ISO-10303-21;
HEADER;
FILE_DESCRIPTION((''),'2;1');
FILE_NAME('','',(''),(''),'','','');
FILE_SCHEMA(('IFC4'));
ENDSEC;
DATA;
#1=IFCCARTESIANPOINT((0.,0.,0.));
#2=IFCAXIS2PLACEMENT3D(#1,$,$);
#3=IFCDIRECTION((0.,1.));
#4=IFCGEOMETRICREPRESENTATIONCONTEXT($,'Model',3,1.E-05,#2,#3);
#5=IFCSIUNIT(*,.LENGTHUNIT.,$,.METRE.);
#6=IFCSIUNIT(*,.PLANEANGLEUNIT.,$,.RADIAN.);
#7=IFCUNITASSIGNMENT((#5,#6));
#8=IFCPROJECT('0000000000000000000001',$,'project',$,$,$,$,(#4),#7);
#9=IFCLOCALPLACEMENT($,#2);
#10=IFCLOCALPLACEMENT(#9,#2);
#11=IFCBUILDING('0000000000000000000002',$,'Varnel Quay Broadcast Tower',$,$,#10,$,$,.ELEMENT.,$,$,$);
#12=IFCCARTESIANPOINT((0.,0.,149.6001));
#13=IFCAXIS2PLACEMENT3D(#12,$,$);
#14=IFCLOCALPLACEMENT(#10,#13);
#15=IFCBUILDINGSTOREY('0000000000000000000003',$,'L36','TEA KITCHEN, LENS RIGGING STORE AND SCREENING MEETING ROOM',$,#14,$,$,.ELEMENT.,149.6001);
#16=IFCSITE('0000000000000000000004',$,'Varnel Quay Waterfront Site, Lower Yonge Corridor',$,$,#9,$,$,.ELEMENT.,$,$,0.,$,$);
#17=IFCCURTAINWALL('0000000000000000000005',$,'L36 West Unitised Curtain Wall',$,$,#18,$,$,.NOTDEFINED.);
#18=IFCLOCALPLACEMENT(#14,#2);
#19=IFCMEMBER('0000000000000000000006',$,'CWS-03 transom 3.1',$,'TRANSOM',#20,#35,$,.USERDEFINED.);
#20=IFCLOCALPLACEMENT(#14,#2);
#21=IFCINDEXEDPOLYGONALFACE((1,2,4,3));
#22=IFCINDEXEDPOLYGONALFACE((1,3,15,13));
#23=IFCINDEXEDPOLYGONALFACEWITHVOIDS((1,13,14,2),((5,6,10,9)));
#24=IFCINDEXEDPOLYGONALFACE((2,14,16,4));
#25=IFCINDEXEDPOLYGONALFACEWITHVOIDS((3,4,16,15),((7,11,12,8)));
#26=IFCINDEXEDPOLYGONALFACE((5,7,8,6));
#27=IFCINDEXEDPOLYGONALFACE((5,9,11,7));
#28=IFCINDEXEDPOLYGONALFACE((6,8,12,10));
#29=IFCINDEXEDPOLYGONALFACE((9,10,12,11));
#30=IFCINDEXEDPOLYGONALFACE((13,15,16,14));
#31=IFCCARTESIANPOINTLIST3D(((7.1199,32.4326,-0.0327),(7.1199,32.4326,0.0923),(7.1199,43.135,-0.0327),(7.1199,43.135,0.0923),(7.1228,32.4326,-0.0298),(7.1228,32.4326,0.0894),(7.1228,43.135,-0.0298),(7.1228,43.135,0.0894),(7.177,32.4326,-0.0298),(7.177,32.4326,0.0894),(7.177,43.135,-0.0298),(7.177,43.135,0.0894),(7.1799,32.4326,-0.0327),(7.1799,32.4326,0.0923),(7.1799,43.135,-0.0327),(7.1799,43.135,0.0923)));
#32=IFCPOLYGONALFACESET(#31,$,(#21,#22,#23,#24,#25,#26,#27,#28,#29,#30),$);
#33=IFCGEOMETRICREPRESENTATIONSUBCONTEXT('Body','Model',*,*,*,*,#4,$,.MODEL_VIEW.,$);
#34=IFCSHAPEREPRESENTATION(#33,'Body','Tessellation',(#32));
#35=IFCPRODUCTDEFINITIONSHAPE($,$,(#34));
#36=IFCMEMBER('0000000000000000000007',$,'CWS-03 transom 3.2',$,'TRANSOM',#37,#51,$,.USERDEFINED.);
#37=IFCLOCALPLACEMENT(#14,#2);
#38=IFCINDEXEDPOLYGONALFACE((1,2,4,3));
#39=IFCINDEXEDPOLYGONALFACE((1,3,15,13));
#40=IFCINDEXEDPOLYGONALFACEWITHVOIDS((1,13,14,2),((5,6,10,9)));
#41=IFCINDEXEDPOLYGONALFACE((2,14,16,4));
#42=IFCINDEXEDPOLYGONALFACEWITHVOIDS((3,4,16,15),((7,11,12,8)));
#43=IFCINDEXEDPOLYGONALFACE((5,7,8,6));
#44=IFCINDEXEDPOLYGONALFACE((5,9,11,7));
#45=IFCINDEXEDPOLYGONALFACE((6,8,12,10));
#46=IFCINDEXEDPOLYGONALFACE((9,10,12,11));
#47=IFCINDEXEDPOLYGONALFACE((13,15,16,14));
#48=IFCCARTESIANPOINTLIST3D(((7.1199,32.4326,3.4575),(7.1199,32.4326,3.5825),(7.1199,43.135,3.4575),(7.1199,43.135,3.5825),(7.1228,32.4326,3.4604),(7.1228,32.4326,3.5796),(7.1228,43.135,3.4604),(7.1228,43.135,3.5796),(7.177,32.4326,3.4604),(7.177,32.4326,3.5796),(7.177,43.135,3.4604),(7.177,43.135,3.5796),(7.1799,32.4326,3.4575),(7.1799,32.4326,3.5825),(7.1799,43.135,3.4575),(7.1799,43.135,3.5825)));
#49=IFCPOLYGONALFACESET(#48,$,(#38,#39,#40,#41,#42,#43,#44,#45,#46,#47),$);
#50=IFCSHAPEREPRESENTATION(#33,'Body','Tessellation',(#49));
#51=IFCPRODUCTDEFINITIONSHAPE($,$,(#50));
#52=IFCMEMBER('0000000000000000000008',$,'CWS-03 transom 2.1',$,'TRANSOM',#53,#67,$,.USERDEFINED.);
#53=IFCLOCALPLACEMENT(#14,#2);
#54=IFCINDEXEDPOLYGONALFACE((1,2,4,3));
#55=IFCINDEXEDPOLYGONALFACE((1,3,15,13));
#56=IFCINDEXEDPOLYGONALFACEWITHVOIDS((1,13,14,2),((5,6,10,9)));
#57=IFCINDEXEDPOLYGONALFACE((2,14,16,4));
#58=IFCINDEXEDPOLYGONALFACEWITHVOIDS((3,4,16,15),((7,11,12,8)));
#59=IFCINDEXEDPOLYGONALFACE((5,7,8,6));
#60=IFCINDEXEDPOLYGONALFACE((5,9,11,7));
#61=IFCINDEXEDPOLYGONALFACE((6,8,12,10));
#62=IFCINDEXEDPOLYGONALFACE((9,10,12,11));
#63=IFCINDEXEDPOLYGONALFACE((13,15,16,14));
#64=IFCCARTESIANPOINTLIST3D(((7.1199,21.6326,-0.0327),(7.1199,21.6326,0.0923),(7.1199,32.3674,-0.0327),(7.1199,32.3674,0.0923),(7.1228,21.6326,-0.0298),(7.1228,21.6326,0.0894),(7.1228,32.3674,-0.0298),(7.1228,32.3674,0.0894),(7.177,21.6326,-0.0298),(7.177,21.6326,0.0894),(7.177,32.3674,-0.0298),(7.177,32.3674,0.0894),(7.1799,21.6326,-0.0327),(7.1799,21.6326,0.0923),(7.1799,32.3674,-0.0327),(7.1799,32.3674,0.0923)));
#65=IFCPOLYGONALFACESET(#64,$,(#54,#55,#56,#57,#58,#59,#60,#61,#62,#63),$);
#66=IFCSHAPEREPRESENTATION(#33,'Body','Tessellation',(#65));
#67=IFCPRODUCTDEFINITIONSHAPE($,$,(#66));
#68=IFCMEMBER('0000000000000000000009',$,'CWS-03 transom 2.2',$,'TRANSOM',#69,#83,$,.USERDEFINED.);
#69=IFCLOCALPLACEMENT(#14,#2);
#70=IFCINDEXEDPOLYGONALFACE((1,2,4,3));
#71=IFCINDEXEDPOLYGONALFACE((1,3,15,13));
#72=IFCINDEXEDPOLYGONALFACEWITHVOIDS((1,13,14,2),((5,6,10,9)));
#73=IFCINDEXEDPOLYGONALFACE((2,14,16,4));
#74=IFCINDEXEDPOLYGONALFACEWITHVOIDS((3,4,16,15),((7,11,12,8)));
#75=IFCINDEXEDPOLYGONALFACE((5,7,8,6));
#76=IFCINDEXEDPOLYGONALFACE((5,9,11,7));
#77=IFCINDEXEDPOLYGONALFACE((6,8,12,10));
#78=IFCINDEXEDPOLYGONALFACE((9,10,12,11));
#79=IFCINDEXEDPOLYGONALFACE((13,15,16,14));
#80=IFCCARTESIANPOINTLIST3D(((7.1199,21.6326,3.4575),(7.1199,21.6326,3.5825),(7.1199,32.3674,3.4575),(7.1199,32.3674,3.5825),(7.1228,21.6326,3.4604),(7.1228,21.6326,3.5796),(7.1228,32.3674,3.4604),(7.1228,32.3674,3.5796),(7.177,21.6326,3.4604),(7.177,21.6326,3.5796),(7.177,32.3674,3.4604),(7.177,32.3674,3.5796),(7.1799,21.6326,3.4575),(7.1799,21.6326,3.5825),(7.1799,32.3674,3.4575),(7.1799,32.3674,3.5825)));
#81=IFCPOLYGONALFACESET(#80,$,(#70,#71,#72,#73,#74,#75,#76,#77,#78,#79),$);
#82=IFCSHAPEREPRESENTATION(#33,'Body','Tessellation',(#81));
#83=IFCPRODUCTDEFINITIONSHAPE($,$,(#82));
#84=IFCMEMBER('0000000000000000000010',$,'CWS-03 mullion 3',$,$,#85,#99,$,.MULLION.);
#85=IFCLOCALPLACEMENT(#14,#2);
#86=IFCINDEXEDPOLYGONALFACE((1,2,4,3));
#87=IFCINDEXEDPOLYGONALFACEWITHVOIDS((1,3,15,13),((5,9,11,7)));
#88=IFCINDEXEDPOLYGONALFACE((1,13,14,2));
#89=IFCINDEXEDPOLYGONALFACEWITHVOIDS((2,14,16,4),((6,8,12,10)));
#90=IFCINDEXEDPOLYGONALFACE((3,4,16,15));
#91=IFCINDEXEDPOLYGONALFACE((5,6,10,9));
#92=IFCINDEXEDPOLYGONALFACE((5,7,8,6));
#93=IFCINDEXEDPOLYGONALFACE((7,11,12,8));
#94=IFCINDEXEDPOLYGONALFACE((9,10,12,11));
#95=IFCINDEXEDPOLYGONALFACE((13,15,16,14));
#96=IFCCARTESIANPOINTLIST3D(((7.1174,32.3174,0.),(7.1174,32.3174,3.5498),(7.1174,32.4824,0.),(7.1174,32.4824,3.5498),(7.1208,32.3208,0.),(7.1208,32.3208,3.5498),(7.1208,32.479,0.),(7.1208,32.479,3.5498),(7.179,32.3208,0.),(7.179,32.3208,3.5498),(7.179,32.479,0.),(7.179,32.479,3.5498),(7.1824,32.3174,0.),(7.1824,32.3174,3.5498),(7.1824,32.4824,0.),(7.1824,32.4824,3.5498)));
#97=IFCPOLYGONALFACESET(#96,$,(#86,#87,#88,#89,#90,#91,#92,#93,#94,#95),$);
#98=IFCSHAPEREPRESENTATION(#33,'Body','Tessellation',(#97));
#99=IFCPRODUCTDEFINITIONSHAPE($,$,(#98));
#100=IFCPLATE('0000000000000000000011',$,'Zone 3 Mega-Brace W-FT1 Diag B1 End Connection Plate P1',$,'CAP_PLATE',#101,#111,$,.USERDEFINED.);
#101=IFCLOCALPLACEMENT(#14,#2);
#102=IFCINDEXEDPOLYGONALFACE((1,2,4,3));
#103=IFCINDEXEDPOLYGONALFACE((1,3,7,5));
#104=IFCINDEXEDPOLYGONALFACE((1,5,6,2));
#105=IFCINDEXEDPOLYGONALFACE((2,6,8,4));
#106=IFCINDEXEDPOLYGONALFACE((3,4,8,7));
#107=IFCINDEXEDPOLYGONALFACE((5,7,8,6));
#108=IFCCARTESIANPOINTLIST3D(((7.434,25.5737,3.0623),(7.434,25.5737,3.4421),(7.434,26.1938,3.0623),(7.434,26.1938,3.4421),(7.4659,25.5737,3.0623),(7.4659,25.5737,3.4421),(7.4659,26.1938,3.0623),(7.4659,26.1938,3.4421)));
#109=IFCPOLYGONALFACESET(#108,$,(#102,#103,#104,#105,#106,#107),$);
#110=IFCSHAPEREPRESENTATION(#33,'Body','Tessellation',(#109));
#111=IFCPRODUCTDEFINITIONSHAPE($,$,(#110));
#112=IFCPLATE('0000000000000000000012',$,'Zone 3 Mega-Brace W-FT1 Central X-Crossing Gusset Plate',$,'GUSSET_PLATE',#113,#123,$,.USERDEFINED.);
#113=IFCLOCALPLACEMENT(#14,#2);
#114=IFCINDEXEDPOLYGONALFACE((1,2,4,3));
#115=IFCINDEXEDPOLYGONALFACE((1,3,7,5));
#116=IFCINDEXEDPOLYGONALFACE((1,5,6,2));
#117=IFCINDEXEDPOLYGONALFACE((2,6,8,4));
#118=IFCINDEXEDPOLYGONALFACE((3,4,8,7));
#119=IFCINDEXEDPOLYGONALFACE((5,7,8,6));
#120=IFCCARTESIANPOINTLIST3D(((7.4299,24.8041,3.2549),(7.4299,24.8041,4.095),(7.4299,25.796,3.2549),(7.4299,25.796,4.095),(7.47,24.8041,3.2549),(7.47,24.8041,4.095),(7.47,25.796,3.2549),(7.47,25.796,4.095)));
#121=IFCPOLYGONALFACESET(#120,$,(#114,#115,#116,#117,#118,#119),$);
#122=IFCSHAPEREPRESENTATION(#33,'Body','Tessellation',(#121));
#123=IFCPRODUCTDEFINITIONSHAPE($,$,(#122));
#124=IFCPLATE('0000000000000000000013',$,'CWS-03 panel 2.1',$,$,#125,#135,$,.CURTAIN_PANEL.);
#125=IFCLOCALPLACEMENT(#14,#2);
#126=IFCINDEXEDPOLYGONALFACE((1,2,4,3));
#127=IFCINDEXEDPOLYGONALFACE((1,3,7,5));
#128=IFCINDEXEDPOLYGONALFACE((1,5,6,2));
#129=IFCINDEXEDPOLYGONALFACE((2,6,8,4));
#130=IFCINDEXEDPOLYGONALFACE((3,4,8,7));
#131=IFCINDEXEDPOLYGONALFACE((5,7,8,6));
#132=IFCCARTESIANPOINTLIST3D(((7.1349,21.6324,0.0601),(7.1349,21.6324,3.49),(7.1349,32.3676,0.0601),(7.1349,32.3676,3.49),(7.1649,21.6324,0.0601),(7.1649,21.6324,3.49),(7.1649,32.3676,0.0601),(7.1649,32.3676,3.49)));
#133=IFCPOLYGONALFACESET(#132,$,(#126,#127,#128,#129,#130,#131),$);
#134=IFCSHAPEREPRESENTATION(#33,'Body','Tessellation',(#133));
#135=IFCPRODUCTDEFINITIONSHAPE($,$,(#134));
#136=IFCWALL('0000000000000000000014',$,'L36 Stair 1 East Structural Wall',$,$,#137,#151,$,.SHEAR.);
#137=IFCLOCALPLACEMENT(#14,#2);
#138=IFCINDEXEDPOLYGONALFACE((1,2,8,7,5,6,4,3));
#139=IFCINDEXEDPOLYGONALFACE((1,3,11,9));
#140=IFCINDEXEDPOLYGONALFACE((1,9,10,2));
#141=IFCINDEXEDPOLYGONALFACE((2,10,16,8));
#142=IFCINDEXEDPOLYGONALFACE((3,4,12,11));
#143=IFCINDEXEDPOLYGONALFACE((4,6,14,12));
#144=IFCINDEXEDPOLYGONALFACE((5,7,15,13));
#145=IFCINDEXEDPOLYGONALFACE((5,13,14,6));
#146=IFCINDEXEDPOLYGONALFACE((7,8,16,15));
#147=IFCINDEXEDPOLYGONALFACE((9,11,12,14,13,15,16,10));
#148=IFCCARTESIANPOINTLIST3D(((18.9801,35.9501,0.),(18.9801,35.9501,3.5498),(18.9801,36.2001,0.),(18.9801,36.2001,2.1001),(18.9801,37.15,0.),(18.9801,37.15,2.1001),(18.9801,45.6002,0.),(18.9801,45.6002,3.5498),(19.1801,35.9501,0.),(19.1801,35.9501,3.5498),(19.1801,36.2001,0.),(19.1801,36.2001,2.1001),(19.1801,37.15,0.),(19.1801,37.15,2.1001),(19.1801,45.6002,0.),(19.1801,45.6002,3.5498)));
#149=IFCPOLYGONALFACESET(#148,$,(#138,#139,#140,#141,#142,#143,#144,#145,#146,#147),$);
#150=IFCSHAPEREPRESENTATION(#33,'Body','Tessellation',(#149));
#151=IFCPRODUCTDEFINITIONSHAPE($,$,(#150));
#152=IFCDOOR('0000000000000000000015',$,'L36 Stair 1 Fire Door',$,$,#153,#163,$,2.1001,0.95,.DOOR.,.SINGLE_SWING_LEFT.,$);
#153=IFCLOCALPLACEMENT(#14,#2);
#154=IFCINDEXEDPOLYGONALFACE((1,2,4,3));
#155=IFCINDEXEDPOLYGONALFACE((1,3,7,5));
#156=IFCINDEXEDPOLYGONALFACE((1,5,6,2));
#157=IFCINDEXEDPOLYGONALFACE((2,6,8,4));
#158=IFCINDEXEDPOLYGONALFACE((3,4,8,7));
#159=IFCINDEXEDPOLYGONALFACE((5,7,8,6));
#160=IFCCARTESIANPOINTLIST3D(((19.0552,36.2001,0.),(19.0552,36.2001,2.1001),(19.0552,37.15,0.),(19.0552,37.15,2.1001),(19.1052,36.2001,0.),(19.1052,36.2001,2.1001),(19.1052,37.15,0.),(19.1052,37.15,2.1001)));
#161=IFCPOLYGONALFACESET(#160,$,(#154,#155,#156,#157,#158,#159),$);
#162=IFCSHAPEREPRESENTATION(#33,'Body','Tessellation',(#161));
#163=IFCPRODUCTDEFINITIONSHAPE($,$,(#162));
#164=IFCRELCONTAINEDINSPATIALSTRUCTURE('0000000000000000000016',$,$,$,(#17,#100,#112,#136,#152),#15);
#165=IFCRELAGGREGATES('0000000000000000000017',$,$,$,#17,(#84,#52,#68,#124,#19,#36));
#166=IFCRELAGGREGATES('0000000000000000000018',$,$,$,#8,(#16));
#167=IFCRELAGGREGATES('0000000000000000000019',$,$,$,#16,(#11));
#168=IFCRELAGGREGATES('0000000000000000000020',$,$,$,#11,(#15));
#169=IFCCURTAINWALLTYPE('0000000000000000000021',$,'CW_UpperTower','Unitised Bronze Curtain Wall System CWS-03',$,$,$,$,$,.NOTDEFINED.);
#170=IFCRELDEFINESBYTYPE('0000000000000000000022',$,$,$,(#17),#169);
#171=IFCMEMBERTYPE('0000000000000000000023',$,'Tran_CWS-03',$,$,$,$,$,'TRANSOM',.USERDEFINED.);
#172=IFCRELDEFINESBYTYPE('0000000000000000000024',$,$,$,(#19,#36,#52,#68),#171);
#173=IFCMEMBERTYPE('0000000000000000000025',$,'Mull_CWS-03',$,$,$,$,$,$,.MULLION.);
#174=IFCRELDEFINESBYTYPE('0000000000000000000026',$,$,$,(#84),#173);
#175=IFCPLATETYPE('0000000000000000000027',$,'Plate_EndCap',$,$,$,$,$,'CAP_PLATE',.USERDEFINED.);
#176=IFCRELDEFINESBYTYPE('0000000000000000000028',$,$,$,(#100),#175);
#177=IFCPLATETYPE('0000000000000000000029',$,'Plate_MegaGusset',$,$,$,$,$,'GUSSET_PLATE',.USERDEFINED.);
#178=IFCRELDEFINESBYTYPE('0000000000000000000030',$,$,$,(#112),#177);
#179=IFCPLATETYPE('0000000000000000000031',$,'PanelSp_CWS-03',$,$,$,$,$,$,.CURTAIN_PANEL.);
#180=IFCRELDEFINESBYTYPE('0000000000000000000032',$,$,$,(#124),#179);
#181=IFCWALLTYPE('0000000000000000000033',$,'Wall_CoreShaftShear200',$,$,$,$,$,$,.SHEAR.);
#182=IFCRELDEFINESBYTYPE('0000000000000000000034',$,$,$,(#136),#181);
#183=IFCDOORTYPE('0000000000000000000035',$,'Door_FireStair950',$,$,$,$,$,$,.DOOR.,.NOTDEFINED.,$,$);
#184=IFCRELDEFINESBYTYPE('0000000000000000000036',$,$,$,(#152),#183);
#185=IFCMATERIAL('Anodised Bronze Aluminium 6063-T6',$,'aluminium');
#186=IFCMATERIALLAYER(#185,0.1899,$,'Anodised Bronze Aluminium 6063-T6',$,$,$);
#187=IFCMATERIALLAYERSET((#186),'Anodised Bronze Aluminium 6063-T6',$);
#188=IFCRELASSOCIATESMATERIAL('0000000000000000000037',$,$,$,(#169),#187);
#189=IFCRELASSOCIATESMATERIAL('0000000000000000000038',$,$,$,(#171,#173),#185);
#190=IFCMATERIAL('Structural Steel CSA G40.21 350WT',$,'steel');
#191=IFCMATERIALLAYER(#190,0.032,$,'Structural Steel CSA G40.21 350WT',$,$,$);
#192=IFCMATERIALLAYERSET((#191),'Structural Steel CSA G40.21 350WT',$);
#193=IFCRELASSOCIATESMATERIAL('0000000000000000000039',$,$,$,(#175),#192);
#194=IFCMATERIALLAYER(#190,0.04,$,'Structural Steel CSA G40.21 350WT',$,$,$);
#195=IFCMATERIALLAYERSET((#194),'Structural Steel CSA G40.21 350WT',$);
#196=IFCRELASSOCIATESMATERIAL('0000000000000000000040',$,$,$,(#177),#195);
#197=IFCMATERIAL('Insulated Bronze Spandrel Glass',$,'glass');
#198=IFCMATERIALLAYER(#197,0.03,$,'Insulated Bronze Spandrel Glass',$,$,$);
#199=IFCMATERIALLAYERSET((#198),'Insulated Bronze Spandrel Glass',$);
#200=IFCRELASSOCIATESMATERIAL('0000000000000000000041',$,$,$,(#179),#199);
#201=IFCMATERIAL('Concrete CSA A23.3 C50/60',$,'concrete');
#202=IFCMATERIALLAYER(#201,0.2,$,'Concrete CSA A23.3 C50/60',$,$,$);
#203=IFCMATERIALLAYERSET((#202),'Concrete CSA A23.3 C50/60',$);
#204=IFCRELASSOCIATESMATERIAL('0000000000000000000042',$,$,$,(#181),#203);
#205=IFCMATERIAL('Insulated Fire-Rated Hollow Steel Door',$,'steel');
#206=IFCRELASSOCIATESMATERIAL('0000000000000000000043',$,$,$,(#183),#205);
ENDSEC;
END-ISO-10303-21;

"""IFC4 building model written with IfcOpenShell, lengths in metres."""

from ifc_helpers import new_model, si_unit, direction, frame, frame_2d, origin, origin_2d, place, context, subcontext, project, spatial, rectangle, hollow_rectangle, extrude, source, transform, mapped, material, layer, layer_set, material_profile, profile_set, type_object, type_shapes, element, fill, aggregate, save


model = new_model("IFC4")

# Units and contexts
model_context = context("Model", 3, precision=1e-05, world=origin(), true_north=direction((0.0, 1.0)))
body_context = subcontext(model_context, "Body", "Model", "MODEL_VIEW")
ifc_project = project(units=[si_unit("LENGTHUNIT", "METRE"), si_unit("PLANEANGLEUNIT", "RADIAN")], contexts=[model_context])

# Site, building, storey
site_placement = place(None, origin())
site = spatial("IfcSite", under=ifc_project, at=site_placement, Name="Varnel Quay Waterfront Site, Lower Yonge Corridor", CompositionType="ELEMENT", RefElevation=0.0)
building_placement = place(site_placement, origin())
building = spatial("IfcBuilding", under=site, at=building_placement, Name="Varnel Quay Broadcast Tower", CompositionType="ELEMENT")
storey_placement = place(building_placement, frame((0.0, 0.0, 149.6001)))
storey = spatial("IfcBuildingStorey", under=building, at=storey_placement, Name="L36", Description="TEA KITCHEN, LENS RIGGING STORE AND SCREENING MEETING ROOM", CompositionType="ELEMENT", Elevation=149.6001)

# Shared definitions
ifc_material_1 = material(Name="Structural Steel CSA G40.21 350WT", Category="steel")
ifc_material_2 = material(Name="Concrete CSA A23.3 C50/60", Category="concrete")

# Curtain wall, members
ifc_material_3 = material(Name="Anodised Bronze Aluminium 6063-T6", Category="aluminium")
ifc_layer_1 = layer(ifc_material_3, 0.1899, Name="Anodised Bronze Aluminium 6063-T6")
ifc_layer_set_1 = layer_set([ifc_layer_1], Name="Anodised Bronze Aluminium 6063-T6")
curtain_wall_type = type_object("IfcCurtainWallType", Name="CW_UpperTower", Description="Unitised Bronze Curtain Wall System CWS-03", PredefinedType="NOTDEFINED", material=ifc_layer_set_1)
curtain_wall_placement = place(storey_placement, origin())
curtain_wall = element("IfcCurtainWall", 1, at=curtain_wall_placement, inside=storey, type_object=curtain_wall_type, Name="L36 West Unitised Curtain Wall", PredefinedType="NOTDEFINED")
ifc_material_profile_1 = material_profile(ifc_material_3, hollow_rectangle(XDim=0.0601, YDim=0.125, WallThickness=0.0029, at=origin_2d()), Name="ALU60X125X3")
ifc_profile_set_1 = profile_set([ifc_material_profile_1], Name="Anodised Bronze Aluminium 6063-T6")
member_type_1 = type_object("IfcMemberType", Name="Tran_CWS-03", ElementType="TRANSOM", PredefinedType="USERDEFINED", material=ifc_profile_set_1)
shared_shape_1 = source(origin(), body_context, "Body", "SweptSolid", [
    extrude(hollow_rectangle(XDim=0.0601, YDim=0.125, WallThickness=0.0029, at=origin_2d()), origin(), (0.0, 0.0, 1.0), 10.7024),
])
member_1_placement = place(storey_placement, frame((7.1499, 32.4326, 0.0298), z_axis=(0.0, 1.0, 0.0), x_axis=(-1.0, 0.0, 0.0)))
member_1 = element("IfcMember", 2, at=member_1_placement, type_object=member_type_1, Name="CWS-03 transom 3.1", ObjectType="TRANSOM", PredefinedType="USERDEFINED", context=body_context, shape_type="MappedRepresentation", body=[
    mapped(shared_shape_1, transform((0.0, 0.0, 0.0), x_axis=(1.0, 0.0, 0.0), y_axis=(0.0, 1.0, 0.0), z_axis=(0.0, 0.0, 1.0), scale=1.0)),
])
member_2_placement = place(storey_placement, frame((7.1499, 32.4326, 3.52), z_axis=(0.0, 1.0, 0.0), x_axis=(-1.0, 0.0, 0.0)))
member_2 = element("IfcMember", 3, at=member_2_placement, type_object=member_type_1, Name="CWS-03 transom 3.2", ObjectType="TRANSOM", PredefinedType="USERDEFINED", context=body_context, shape_type="MappedRepresentation", body=[
    mapped(shared_shape_1, transform((0.0, 0.0, 0.0), x_axis=(1.0, 0.0, 0.0), y_axis=(0.0, 1.0, 0.0), z_axis=(0.0, 0.0, 1.0), scale=1.0)),
])
shared_shape_2 = source(origin(), body_context, "Body", "SweptSolid", [
    extrude(hollow_rectangle(XDim=0.0601, YDim=0.125, WallThickness=0.0029, at=origin_2d()), origin(), (0.0, 0.0, 1.0), 10.7349),
])
type_shapes(member_type_1, [shared_shape_1, shared_shape_2])
member_3_placement = place(storey_placement, frame((7.1499, 21.6326, 0.0298), z_axis=(0.0, 1.0, 0.0), x_axis=(-1.0, 0.0, 0.0)))
member_3 = element("IfcMember", 4, at=member_3_placement, type_object=member_type_1, Name="CWS-03 transom 2.1", ObjectType="TRANSOM", PredefinedType="USERDEFINED", context=body_context, shape_type="MappedRepresentation", body=[
    mapped(shared_shape_2, transform((0.0, 0.0, 0.0), x_axis=(1.0, 0.0, 0.0), y_axis=(0.0, 1.0, 0.0), z_axis=(0.0, 0.0, 1.0), scale=1.0)),
])
member_4_placement = place(storey_placement, frame((7.1499, 21.6326, 3.52), z_axis=(0.0, 1.0, 0.0), x_axis=(-1.0, 0.0, 0.0)))
member_4 = element("IfcMember", 5, at=member_4_placement, type_object=member_type_1, Name="CWS-03 transom 2.2", ObjectType="TRANSOM", PredefinedType="USERDEFINED", context=body_context, shape_type="MappedRepresentation", body=[
    mapped(shared_shape_2, transform((0.0, 0.0, 0.0), x_axis=(1.0, 0.0, 0.0), y_axis=(0.0, 1.0, 0.0), z_axis=(0.0, 0.0, 1.0), scale=1.0)),
])
ifc_material_profile_2 = material_profile(ifc_material_3, hollow_rectangle(XDim=0.0649, YDim=0.165, WallThickness=0.0034, at=origin_2d()), Name="ALU65X165X3.5")
ifc_profile_set_2 = profile_set([ifc_material_profile_2], Name="Anodised Bronze Aluminium 6063-T6")
member_type_2 = type_object("IfcMemberType", Name="Mull_CWS-03", PredefinedType="MULLION", material=ifc_profile_set_2)
shared_shape_3 = source(origin(), body_context, "Body", "SweptSolid", [
    extrude(hollow_rectangle(XDim=0.0649, YDim=0.165, WallThickness=0.0034, at=origin_2d()), origin(), (0.0, 0.0, 1.0), 3.5498),
])
type_shapes(member_type_2, [shared_shape_3])
member_5_placement = place(storey_placement, frame((7.1499, 32.3999, 0.0), z_axis=(0.0, 0.0, 1.0), x_axis=(-1.0, 0.0, 0.0)))
member_5 = element("IfcMember", 6, at=member_5_placement, type_object=member_type_2, Name="CWS-03 mullion 3", PredefinedType="MULLION", context=body_context, shape_type="MappedRepresentation", body=[
    mapped(shared_shape_3, transform((0.0, 0.0, 0.0), x_axis=(1.0, 0.0, 0.0), y_axis=(0.0, 1.0, 0.0), z_axis=(0.0, 0.0, 1.0), scale=1.0)),
])

# Plates
ifc_layer_2 = layer(ifc_material_1, 0.032, Name="Structural Steel CSA G40.21 350WT")
ifc_layer_set_2 = layer_set([ifc_layer_2], Name="Structural Steel CSA G40.21 350WT")
plate_type_1 = type_object("IfcPlateType", Name="Plate_EndCap", ElementType="CAP_PLATE", PredefinedType="USERDEFINED", material=ifc_layer_set_2)
shared_shape_4 = source(origin(), body_context, "Body", "SweptSolid", [
    extrude(rectangle(XDim=0.6201, YDim=0.032, at=origin_2d()), origin(), (0.0, 0.0, 1.0), 0.3799),
])
type_shapes(plate_type_1, [shared_shape_4])
plate_1_placement = place(storey_placement, frame((7.45, 25.8838, 3.0623), z_axis=(0.0, 0.0, 1.0), x_axis=(0.0, 1.0, 0.0)))
element("IfcPlate", 7, at=plate_1_placement, inside=storey, type_object=plate_type_1, Name="Zone 3 Mega-Brace W-FT1 Diag B1 End Connection Plate P1", ObjectType="CAP_PLATE", PredefinedType="USERDEFINED", context=body_context, shape_type="MappedRepresentation", body=[
    mapped(shared_shape_4, transform((0.0, 0.0, 0.0), x_axis=(1.0, 0.0, 0.0), y_axis=(0.0, 1.0, 0.0), z_axis=(0.0, 0.0, 1.0), scale=1.0)),
])
ifc_layer_3 = layer(ifc_material_1, 0.04, Name="Structural Steel CSA G40.21 350WT")
ifc_layer_set_3 = layer_set([ifc_layer_3], Name="Structural Steel CSA G40.21 350WT")
plate_type_2 = type_object("IfcPlateType", Name="Plate_MegaGusset", ElementType="GUSSET_PLATE", PredefinedType="USERDEFINED", material=ifc_layer_set_3)
shared_shape_5 = source(origin(), body_context, "Body", "SweptSolid", [
    extrude(rectangle(XDim=0.9919, YDim=0.04, at=origin_2d()), origin(), (0.0, 0.0, 1.0), 0.8401),
])
type_shapes(plate_type_2, [shared_shape_5])
plate_2_placement = place(storey_placement, frame((7.45, 25.3, 3.2549), z_axis=(0.0, 0.0, 1.0), x_axis=(0.0, 1.0, 0.0)))
element("IfcPlate", 8, at=plate_2_placement, inside=storey, type_object=plate_type_2, Name="Zone 3 Mega-Brace W-FT1 Central X-Crossing Gusset Plate", ObjectType="GUSSET_PLATE", PredefinedType="USERDEFINED", context=body_context, shape_type="MappedRepresentation", body=[
    mapped(shared_shape_5, transform((0.0, 0.0, 0.0), x_axis=(1.0, 0.0, 0.0), y_axis=(0.0, 1.0, 0.0), z_axis=(0.0, 0.0, 1.0), scale=1.0)),
])

# Plate
ifc_material_4 = material(Name="Insulated Bronze Spandrel Glass", Category="glass")
ifc_layer_4 = layer(ifc_material_4, 0.03, Name="Insulated Bronze Spandrel Glass")
ifc_layer_set_4 = layer_set([ifc_layer_4], Name="Insulated Bronze Spandrel Glass")
plate_type_3 = type_object("IfcPlateType", Name="PanelSp_CWS-03", PredefinedType="CURTAIN_PANEL", material=ifc_layer_set_4)
shared_shape_6 = source(origin(), body_context, "Body", "SweptSolid", [
    extrude(rectangle(XDim=10.7351, YDim=0.03, at=origin_2d()), origin(), (0.0, 0.0, 1.0), 3.4299),
])
type_shapes(plate_type_3, [shared_shape_6])
plate_3_placement = place(storey_placement, frame((7.1499, 27.0, 0.0601), z_axis=(0.0, 0.0, 1.0), x_axis=(0.0, 1.0, 0.0)))
plate_3 = element("IfcPlate", 9, at=plate_3_placement, type_object=plate_type_3, Name="CWS-03 panel 2.1", PredefinedType="CURTAIN_PANEL", context=body_context, shape_type="MappedRepresentation", body=[
    mapped(shared_shape_6, transform((0.0, 0.0, 0.0), x_axis=(1.0, 0.0, 0.0), y_axis=(0.0, 1.0, 0.0), z_axis=(0.0, 0.0, 1.0), scale=1.0)),
])
aggregate(curtain_wall, [member_5, member_3, member_4, plate_3, member_1, member_2])

# Wall, opening, door
ifc_layer_5 = layer(ifc_material_2, 0.2, Name="Concrete CSA A23.3 C50/60")
ifc_layer_set_5 = layer_set([ifc_layer_5], Name="Concrete CSA A23.3 C50/60")
wall_type_1 = type_object("IfcWallType", Name="Wall_CoreShaftShear200", PredefinedType="SHEAR", material=ifc_layer_set_5)
wall_1_placement = place(storey_placement, frame((19.0801, 35.95, 0.0), z_axis=(0.0, 0.0, 1.0), x_axis=(0.0, 1.0, 0.0)))
wall_1 = element("IfcWall", 10, at=wall_1_placement, inside=storey, type_object=wall_type_1, Name="L36 Stair 1 East Structural Wall", PredefinedType="SHEAR", context=body_context, shape_type="SweptSolid", body=[
    extrude(rectangle(XDim=9.6501, YDim=0.2, at=frame_2d((4.8252, 0.0))), origin(), (0.0, 0.0, 1.0), 3.5498),
])
opening_1_placement = place(wall_1_placement, frame((0.25, 0.0, 0.0)))
opening_1 = element("IfcOpeningElement", 11, at=opening_1_placement, cuts=wall_1, PredefinedType="OPENING", context=body_context, shape_type="SweptSolid", body=[
    extrude(rectangle(XDim=0.95, YDim=2.1001, at=frame_2d((0.4751, 1.05))), frame((0.0, 0.1099, 0.0), z_axis=(0.0, -1.0, 0.0), x_axis=(1.0, 0.0, 0.0)), (0.0, 0.0, 1.0), 0.22),
])
ifc_material_5 = material(Name="Insulated Fire-Rated Hollow Steel Door", Category="steel")
door_type_1 = type_object("IfcDoorType", Name="Door_FireStair950", OperationType="NOTDEFINED", PredefinedType="DOOR", material=ifc_material_5)
shared_shape_7 = source(origin(), body_context, "Body", "SweptSolid", [
    extrude(rectangle(XDim=0.95, YDim=2.1001, at=frame_2d((0.4751, 1.05))), frame((0.0, 0.0249, 0.0), z_axis=(0.0, -1.0, 0.0), x_axis=(1.0, 0.0, 0.0)), (0.0, 0.0, 1.0), 0.05),
])
type_shapes(door_type_1, [shared_shape_7])
door_1_placement = place(opening_1_placement, origin())
door_1 = element("IfcDoor", 12, at=door_1_placement, inside=storey, type_object=door_type_1, Name="L36 Stair 1 Fire Door", OperationType="SINGLE_SWING_LEFT", OverallHeight=2.1001, OverallWidth=0.95, PredefinedType="DOOR", context=body_context, shape_type="MappedRepresentation", body=[
    mapped(shared_shape_7, transform((0.0, 0.0, 0.0), x_axis=(1.0, 0.0, 0.0), y_axis=(0.0, 1.0, 0.0), z_axis=(0.0, 0.0, 1.0), scale=1.0)),
])
fill(opening_1, door_1)

save(model, "model.ifc")
